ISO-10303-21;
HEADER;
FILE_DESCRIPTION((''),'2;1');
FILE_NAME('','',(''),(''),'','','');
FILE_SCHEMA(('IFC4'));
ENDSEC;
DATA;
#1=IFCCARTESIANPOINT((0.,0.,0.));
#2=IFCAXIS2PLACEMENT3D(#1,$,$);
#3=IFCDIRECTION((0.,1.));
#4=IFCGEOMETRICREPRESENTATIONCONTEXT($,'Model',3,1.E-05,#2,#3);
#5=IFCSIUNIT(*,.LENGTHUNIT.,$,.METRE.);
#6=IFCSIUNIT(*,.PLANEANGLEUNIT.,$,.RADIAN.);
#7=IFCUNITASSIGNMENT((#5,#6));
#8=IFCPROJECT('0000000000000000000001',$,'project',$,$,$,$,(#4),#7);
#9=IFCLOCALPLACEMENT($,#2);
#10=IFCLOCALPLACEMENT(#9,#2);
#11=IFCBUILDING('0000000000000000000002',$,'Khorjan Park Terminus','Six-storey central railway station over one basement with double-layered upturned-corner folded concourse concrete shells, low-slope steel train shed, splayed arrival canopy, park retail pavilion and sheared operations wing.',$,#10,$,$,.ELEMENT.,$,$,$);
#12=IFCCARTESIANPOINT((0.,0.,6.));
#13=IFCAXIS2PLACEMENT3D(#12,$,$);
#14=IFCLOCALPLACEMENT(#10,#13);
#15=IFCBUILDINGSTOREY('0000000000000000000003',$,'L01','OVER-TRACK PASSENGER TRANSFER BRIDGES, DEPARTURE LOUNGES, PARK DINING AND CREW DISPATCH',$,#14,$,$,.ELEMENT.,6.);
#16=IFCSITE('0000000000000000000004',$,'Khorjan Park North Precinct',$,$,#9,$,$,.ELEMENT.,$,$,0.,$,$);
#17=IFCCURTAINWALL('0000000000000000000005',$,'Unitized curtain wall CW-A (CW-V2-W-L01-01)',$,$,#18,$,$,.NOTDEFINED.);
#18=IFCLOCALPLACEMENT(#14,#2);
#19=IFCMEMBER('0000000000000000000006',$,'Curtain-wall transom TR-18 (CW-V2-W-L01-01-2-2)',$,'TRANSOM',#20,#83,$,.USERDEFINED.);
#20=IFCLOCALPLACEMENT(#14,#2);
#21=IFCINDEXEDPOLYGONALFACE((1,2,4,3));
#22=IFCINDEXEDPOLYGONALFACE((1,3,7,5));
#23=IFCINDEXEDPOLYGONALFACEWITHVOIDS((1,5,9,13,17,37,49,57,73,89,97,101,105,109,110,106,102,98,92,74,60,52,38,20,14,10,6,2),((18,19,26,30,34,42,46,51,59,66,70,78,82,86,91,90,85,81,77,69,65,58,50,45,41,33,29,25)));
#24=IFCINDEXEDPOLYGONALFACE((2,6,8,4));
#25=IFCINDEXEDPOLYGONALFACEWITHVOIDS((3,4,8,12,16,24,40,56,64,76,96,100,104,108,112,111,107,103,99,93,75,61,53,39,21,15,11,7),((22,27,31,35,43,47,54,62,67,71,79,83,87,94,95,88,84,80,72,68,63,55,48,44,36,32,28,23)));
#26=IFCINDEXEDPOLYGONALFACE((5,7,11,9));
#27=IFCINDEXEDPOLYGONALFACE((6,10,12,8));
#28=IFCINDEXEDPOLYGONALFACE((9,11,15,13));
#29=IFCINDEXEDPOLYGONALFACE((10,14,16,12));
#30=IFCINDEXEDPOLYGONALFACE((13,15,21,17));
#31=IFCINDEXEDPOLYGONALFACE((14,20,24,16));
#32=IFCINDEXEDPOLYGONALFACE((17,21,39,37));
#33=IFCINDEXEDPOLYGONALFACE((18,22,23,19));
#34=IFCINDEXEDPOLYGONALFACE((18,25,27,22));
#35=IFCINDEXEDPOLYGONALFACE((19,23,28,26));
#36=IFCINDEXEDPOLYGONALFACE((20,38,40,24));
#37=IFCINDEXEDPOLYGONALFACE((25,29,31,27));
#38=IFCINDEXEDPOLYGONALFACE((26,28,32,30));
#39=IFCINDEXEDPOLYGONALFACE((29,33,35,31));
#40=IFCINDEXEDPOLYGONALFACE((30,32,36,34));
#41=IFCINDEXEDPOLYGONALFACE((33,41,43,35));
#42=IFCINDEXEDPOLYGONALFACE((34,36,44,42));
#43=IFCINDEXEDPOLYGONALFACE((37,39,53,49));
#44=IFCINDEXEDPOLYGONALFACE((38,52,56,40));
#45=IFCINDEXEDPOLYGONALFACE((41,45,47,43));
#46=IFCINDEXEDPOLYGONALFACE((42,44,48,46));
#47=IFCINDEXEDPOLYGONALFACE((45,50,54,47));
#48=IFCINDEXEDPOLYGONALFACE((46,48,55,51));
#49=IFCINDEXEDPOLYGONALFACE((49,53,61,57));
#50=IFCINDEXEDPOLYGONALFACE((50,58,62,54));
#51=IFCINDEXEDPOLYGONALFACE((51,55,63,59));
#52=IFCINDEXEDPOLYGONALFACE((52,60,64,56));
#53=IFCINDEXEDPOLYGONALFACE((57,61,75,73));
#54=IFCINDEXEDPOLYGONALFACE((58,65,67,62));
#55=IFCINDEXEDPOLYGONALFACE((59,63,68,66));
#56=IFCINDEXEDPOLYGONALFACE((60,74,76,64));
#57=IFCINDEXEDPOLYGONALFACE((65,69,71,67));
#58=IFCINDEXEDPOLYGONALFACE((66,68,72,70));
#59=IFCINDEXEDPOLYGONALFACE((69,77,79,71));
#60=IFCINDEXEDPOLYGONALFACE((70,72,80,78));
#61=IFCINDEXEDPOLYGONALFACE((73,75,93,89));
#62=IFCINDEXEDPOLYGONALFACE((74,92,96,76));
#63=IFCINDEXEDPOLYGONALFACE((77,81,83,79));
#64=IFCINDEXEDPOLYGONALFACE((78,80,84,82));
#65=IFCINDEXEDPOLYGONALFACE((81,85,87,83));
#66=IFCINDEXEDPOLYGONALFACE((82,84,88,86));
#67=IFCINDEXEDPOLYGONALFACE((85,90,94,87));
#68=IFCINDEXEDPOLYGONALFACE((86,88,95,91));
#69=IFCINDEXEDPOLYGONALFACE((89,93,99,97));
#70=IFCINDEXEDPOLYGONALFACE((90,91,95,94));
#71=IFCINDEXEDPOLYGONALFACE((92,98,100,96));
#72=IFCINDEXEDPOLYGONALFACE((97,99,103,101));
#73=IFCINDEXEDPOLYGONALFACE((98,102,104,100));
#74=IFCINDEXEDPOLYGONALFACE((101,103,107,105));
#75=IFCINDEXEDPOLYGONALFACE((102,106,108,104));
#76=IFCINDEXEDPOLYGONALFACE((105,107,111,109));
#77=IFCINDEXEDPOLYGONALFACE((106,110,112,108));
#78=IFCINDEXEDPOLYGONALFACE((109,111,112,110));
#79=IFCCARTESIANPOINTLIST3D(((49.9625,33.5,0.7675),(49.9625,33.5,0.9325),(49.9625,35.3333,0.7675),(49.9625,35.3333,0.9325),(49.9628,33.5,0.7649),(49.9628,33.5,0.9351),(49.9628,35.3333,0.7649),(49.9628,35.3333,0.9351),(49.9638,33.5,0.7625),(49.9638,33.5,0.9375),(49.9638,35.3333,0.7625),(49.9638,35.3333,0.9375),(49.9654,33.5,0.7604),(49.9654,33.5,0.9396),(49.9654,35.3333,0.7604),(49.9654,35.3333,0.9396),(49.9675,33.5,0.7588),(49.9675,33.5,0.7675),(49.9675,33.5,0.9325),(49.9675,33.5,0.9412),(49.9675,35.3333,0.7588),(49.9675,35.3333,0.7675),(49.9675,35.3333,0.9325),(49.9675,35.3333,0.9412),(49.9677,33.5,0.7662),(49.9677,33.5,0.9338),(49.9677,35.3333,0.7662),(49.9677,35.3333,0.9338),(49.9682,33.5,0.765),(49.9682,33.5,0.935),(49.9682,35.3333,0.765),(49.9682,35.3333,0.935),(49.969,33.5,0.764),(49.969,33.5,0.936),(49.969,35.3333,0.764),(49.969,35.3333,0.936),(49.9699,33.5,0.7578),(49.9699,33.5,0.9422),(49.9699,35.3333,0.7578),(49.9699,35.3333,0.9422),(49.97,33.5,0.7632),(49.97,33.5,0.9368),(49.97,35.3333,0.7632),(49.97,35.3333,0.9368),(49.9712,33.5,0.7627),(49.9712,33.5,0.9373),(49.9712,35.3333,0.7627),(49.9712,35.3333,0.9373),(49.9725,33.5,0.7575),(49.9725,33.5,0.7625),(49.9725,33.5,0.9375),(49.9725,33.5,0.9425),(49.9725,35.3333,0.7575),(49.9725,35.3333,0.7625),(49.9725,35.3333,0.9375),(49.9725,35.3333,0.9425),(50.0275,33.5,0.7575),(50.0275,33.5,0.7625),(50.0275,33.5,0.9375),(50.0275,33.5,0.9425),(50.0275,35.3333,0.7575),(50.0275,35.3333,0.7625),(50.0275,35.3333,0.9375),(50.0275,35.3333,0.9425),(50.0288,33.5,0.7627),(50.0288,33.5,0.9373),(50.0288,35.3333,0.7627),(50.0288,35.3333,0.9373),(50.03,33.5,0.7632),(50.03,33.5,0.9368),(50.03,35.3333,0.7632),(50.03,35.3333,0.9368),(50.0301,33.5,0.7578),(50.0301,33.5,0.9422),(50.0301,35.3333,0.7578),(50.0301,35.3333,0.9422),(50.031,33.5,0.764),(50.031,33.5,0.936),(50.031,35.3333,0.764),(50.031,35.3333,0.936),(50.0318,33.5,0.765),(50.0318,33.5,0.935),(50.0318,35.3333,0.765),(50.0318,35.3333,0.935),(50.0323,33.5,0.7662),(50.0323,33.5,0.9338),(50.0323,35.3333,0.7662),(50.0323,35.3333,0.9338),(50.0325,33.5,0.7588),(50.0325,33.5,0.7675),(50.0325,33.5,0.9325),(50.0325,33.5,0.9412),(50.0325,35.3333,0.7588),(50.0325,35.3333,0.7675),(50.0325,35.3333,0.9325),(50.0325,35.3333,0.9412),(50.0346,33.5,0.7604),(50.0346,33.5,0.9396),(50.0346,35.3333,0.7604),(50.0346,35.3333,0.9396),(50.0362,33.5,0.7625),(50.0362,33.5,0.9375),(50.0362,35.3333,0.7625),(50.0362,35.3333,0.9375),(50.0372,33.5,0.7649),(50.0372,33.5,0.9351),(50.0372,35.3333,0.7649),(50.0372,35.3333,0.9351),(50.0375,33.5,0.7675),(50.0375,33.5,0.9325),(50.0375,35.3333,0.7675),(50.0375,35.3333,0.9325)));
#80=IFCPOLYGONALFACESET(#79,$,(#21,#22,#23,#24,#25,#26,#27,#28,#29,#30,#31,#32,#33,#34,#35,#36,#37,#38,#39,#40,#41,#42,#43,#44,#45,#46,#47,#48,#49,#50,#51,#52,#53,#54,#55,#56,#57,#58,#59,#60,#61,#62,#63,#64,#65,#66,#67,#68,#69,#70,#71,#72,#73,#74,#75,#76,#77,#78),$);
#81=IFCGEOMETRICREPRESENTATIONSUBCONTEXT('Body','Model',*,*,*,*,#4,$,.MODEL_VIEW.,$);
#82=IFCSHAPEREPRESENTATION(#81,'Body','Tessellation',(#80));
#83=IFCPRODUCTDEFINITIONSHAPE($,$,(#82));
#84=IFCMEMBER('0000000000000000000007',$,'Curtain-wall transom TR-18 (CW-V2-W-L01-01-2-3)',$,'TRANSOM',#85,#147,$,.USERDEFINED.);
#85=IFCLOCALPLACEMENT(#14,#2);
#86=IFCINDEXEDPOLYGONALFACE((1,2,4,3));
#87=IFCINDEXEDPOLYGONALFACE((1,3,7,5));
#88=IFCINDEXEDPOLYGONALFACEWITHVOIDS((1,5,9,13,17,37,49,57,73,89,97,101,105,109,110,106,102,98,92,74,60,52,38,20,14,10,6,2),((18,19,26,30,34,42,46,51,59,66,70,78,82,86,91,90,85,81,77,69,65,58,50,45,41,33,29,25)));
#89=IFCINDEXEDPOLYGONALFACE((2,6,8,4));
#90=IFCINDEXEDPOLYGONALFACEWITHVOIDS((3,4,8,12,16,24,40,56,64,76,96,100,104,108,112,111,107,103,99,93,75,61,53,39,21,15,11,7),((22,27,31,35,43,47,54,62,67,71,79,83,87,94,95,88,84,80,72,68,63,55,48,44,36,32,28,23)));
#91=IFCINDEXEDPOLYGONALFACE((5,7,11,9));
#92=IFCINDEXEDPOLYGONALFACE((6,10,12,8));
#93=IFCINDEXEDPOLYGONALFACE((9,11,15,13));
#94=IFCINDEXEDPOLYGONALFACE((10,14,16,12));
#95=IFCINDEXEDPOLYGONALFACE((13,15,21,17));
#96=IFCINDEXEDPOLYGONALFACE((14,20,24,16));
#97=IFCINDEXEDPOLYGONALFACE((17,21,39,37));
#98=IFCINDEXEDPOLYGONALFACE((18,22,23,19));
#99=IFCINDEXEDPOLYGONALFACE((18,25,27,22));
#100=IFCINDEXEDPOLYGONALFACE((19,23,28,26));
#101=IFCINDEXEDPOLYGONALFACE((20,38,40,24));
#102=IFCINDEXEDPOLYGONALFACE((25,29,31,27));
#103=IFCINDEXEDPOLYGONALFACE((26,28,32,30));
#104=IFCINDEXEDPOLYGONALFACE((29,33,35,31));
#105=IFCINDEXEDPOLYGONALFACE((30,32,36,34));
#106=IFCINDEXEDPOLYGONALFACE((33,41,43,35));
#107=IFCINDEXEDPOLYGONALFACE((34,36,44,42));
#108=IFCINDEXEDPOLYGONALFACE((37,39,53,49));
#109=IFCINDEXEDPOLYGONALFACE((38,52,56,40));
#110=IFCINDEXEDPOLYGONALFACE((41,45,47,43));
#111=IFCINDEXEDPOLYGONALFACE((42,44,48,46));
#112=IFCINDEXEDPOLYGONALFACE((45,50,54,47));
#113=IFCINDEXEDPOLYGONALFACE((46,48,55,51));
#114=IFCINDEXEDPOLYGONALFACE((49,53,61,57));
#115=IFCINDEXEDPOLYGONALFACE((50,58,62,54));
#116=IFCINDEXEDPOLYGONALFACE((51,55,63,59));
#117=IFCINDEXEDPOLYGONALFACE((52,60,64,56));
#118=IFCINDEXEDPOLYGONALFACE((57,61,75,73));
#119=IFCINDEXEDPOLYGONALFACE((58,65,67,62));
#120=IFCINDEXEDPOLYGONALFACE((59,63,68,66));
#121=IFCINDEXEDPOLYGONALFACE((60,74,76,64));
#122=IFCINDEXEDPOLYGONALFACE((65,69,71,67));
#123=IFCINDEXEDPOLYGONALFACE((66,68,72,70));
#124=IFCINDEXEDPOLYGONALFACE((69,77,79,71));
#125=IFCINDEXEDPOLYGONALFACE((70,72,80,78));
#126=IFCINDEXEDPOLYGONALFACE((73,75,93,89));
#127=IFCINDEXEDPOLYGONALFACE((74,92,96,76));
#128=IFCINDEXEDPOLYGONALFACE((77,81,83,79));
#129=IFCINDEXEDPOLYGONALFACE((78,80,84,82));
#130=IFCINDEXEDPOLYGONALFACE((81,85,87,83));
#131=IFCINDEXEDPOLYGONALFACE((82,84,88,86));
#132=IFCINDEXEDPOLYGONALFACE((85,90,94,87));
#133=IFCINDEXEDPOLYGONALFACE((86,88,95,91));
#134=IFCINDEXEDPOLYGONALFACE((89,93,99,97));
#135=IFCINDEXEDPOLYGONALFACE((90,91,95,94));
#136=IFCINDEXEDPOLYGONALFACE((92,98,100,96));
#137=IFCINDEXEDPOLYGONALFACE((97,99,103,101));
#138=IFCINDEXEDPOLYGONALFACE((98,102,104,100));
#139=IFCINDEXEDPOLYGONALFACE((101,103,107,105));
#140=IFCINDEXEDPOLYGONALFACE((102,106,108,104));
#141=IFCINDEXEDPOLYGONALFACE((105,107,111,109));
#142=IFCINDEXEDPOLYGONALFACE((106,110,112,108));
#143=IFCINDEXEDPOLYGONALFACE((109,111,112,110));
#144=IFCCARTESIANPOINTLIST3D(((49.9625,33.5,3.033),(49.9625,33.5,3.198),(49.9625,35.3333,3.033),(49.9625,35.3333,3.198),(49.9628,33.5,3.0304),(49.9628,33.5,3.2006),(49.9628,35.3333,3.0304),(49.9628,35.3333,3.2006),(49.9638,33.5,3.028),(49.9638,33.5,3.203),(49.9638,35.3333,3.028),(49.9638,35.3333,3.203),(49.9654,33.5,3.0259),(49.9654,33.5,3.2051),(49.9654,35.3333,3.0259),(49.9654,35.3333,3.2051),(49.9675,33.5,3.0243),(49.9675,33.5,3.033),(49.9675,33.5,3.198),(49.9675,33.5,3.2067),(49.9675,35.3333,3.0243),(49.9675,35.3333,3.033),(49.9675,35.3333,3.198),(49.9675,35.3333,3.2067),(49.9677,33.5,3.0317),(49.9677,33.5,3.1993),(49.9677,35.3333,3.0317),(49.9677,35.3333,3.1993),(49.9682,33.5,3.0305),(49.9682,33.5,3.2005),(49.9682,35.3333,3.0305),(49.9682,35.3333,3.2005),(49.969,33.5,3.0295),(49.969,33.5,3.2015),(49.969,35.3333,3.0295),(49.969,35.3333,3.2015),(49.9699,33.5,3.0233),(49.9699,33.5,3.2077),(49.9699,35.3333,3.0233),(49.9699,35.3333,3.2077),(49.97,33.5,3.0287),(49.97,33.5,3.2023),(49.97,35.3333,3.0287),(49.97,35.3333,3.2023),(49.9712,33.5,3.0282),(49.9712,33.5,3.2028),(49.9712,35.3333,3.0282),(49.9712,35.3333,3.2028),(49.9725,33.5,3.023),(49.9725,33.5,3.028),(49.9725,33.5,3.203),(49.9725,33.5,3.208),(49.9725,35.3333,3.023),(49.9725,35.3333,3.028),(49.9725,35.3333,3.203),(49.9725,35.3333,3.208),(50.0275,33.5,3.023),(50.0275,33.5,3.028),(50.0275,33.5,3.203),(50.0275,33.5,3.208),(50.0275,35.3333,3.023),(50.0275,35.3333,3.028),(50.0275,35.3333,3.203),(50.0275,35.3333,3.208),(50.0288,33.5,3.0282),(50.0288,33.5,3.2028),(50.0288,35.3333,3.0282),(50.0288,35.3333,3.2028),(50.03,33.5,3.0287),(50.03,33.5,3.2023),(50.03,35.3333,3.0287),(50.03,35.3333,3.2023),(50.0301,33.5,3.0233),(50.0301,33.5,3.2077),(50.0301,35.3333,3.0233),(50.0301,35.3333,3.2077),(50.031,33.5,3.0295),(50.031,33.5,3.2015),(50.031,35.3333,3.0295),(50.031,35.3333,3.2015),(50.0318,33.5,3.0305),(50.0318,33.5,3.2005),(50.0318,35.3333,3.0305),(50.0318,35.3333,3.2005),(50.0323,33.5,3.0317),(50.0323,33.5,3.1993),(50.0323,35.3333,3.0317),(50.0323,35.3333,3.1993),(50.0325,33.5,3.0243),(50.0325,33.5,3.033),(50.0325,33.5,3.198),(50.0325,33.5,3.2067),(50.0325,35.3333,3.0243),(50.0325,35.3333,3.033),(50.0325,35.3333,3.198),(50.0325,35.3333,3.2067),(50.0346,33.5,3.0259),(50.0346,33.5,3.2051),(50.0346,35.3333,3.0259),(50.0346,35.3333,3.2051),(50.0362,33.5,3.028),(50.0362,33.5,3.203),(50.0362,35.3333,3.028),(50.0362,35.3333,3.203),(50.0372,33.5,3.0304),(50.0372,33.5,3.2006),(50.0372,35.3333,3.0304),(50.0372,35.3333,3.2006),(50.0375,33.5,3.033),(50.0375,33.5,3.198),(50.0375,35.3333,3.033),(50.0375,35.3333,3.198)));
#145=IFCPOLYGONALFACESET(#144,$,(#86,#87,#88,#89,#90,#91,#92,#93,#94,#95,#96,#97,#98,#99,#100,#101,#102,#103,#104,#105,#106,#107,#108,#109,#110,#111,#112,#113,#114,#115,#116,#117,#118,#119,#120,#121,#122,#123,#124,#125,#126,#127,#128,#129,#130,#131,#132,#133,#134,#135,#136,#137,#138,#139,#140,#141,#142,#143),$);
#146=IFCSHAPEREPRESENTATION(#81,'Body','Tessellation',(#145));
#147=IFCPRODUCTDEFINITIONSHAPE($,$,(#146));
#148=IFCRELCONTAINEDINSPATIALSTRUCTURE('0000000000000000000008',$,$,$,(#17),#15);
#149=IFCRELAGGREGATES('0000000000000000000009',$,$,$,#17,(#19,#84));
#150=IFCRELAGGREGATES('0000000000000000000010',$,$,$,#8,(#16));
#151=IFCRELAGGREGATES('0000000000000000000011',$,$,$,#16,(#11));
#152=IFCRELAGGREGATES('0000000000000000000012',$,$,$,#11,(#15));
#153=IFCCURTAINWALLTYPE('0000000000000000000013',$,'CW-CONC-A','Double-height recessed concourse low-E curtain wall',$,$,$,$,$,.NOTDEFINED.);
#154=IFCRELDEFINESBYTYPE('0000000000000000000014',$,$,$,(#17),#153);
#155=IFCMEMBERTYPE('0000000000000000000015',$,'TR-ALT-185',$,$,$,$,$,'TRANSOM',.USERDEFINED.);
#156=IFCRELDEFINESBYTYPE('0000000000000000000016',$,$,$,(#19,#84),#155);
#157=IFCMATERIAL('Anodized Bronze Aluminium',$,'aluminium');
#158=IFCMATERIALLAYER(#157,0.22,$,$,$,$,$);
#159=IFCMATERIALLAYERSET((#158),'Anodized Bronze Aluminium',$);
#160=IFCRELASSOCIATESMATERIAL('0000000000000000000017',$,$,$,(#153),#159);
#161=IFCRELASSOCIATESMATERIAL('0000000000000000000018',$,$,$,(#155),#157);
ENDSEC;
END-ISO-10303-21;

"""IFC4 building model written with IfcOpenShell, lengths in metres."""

from ifc_helpers import new_model, si_unit, direction, frame, origin, origin_2d, place, context, subcontext, project, spatial, hollow_rectangle, extrude, material, layer, layer_set, material_profile, profile_set, type_object, element, aggregate, save


model = new_model("IFC4")

# Units and contexts
model_context = context("Model", 3, precision=1e-05, world=origin(), true_north=direction((0.0, 1.0)))
body_context = subcontext(model_context, "Body", "Model", "MODEL_VIEW")
ifc_project = project(units=[si_unit("LENGTHUNIT", "METRE"), si_unit("PLANEANGLEUNIT", "RADIAN")], contexts=[model_context])

# Site, building, storey
site_placement = place(None, origin())
site = spatial("IfcSite", under=ifc_project, at=site_placement, Name="Khorjan Park North Precinct", CompositionType="ELEMENT", RefElevation=0.0)
building_placement = place(site_placement, origin())
building = spatial("IfcBuilding", under=site, at=building_placement, Name="Khorjan Park Terminus", Description="Six-storey central railway station over one basement with double-layered upturned-corner folded concourse concrete shells, low-slope steel train shed, splayed arrival canopy, park retail pavilion and sheared operations wing.", CompositionType="ELEMENT")
storey_placement = place(building_placement, frame((0.0, 0.0, 6.0)))
storey = spatial("IfcBuildingStorey", under=building, at=storey_placement, Name="L01", Description="OVER-TRACK PASSENGER TRANSFER BRIDGES, DEPARTURE LOUNGES, PARK DINING AND CREW DISPATCH", CompositionType="ELEMENT", Elevation=6.0)

# Curtain wall
ifc_material_1 = material(Name="Anodized Bronze Aluminium", Category="aluminium")
ifc_layer_1 = layer(ifc_material_1, 0.22)
ifc_layer_set_1 = layer_set([ifc_layer_1], Name="Anodized Bronze Aluminium")
curtain_wall_type = type_object("IfcCurtainWallType", Name="CW-CONC-A", Description="Double-height recessed concourse low-E curtain wall", PredefinedType="NOTDEFINED", material=ifc_layer_set_1)
curtain_wall_placement = place(storey_placement, origin())
curtain_wall = element("IfcCurtainWall", 1, at=curtain_wall_placement, inside=storey, type_object=curtain_wall_type, Name="Unitized curtain wall CW-A (CW-V2-W-L01-01)", PredefinedType="NOTDEFINED")

# Members
ifc_material_profile_1 = material_profile(ifc_material_1, hollow_rectangle(XDim=0.075, YDim=0.185, WallThickness=0.005, InnerFilletRadius=0.005, OuterFilletRadius=0.01, at=origin_2d()), Name="ALT 75x185x5")
ifc_profile_set_1 = profile_set([ifc_material_profile_1], Name="Anodized Bronze Aluminium")
member_type_1 = type_object("IfcMemberType", Name="TR-ALT-185", ElementType="TRANSOM", PredefinedType="USERDEFINED", material=ifc_profile_set_1)
member_1_placement = place(storey_placement, frame((50.0, 35.3333, 0.85), z_axis=(0.0, -1.0, 0.0), x_axis=(1.0, 0.0, 0.0)))
member_1 = element("IfcMember", 2, at=member_1_placement, type_object=member_type_1, Name="Curtain-wall transom TR-18 (CW-V2-W-L01-01-2-2)", ObjectType="TRANSOM", PredefinedType="USERDEFINED", context=body_context, shape_type="SweptSolid", body=[
    extrude(hollow_rectangle(XDim=0.075, YDim=0.185, WallThickness=0.005, InnerFilletRadius=0.005, OuterFilletRadius=0.01, at=origin_2d()), origin(), (0.0, 0.0, 1.0), 1.8333),
])
member_2_placement = place(storey_placement, frame((50.0, 35.3333, 3.1155), z_axis=(0.0, -1.0, 0.0), x_axis=(1.0, 0.0, 0.0)))
member_2 = element("IfcMember", 3, at=member_2_placement, type_object=member_type_1, Name="Curtain-wall transom TR-18 (CW-V2-W-L01-01-2-3)", ObjectType="TRANSOM", PredefinedType="USERDEFINED", context=body_context, shape_type="SweptSolid", body=[
    extrude(hollow_rectangle(XDim=0.075, YDim=0.185, WallThickness=0.005, InnerFilletRadius=0.005, OuterFilletRadius=0.01, at=origin_2d()), origin(), (0.0, 0.0, 1.0), 1.8333),
])

aggregate(curtain_wall, [member_1, member_2])

save(model, "model.ifc")
